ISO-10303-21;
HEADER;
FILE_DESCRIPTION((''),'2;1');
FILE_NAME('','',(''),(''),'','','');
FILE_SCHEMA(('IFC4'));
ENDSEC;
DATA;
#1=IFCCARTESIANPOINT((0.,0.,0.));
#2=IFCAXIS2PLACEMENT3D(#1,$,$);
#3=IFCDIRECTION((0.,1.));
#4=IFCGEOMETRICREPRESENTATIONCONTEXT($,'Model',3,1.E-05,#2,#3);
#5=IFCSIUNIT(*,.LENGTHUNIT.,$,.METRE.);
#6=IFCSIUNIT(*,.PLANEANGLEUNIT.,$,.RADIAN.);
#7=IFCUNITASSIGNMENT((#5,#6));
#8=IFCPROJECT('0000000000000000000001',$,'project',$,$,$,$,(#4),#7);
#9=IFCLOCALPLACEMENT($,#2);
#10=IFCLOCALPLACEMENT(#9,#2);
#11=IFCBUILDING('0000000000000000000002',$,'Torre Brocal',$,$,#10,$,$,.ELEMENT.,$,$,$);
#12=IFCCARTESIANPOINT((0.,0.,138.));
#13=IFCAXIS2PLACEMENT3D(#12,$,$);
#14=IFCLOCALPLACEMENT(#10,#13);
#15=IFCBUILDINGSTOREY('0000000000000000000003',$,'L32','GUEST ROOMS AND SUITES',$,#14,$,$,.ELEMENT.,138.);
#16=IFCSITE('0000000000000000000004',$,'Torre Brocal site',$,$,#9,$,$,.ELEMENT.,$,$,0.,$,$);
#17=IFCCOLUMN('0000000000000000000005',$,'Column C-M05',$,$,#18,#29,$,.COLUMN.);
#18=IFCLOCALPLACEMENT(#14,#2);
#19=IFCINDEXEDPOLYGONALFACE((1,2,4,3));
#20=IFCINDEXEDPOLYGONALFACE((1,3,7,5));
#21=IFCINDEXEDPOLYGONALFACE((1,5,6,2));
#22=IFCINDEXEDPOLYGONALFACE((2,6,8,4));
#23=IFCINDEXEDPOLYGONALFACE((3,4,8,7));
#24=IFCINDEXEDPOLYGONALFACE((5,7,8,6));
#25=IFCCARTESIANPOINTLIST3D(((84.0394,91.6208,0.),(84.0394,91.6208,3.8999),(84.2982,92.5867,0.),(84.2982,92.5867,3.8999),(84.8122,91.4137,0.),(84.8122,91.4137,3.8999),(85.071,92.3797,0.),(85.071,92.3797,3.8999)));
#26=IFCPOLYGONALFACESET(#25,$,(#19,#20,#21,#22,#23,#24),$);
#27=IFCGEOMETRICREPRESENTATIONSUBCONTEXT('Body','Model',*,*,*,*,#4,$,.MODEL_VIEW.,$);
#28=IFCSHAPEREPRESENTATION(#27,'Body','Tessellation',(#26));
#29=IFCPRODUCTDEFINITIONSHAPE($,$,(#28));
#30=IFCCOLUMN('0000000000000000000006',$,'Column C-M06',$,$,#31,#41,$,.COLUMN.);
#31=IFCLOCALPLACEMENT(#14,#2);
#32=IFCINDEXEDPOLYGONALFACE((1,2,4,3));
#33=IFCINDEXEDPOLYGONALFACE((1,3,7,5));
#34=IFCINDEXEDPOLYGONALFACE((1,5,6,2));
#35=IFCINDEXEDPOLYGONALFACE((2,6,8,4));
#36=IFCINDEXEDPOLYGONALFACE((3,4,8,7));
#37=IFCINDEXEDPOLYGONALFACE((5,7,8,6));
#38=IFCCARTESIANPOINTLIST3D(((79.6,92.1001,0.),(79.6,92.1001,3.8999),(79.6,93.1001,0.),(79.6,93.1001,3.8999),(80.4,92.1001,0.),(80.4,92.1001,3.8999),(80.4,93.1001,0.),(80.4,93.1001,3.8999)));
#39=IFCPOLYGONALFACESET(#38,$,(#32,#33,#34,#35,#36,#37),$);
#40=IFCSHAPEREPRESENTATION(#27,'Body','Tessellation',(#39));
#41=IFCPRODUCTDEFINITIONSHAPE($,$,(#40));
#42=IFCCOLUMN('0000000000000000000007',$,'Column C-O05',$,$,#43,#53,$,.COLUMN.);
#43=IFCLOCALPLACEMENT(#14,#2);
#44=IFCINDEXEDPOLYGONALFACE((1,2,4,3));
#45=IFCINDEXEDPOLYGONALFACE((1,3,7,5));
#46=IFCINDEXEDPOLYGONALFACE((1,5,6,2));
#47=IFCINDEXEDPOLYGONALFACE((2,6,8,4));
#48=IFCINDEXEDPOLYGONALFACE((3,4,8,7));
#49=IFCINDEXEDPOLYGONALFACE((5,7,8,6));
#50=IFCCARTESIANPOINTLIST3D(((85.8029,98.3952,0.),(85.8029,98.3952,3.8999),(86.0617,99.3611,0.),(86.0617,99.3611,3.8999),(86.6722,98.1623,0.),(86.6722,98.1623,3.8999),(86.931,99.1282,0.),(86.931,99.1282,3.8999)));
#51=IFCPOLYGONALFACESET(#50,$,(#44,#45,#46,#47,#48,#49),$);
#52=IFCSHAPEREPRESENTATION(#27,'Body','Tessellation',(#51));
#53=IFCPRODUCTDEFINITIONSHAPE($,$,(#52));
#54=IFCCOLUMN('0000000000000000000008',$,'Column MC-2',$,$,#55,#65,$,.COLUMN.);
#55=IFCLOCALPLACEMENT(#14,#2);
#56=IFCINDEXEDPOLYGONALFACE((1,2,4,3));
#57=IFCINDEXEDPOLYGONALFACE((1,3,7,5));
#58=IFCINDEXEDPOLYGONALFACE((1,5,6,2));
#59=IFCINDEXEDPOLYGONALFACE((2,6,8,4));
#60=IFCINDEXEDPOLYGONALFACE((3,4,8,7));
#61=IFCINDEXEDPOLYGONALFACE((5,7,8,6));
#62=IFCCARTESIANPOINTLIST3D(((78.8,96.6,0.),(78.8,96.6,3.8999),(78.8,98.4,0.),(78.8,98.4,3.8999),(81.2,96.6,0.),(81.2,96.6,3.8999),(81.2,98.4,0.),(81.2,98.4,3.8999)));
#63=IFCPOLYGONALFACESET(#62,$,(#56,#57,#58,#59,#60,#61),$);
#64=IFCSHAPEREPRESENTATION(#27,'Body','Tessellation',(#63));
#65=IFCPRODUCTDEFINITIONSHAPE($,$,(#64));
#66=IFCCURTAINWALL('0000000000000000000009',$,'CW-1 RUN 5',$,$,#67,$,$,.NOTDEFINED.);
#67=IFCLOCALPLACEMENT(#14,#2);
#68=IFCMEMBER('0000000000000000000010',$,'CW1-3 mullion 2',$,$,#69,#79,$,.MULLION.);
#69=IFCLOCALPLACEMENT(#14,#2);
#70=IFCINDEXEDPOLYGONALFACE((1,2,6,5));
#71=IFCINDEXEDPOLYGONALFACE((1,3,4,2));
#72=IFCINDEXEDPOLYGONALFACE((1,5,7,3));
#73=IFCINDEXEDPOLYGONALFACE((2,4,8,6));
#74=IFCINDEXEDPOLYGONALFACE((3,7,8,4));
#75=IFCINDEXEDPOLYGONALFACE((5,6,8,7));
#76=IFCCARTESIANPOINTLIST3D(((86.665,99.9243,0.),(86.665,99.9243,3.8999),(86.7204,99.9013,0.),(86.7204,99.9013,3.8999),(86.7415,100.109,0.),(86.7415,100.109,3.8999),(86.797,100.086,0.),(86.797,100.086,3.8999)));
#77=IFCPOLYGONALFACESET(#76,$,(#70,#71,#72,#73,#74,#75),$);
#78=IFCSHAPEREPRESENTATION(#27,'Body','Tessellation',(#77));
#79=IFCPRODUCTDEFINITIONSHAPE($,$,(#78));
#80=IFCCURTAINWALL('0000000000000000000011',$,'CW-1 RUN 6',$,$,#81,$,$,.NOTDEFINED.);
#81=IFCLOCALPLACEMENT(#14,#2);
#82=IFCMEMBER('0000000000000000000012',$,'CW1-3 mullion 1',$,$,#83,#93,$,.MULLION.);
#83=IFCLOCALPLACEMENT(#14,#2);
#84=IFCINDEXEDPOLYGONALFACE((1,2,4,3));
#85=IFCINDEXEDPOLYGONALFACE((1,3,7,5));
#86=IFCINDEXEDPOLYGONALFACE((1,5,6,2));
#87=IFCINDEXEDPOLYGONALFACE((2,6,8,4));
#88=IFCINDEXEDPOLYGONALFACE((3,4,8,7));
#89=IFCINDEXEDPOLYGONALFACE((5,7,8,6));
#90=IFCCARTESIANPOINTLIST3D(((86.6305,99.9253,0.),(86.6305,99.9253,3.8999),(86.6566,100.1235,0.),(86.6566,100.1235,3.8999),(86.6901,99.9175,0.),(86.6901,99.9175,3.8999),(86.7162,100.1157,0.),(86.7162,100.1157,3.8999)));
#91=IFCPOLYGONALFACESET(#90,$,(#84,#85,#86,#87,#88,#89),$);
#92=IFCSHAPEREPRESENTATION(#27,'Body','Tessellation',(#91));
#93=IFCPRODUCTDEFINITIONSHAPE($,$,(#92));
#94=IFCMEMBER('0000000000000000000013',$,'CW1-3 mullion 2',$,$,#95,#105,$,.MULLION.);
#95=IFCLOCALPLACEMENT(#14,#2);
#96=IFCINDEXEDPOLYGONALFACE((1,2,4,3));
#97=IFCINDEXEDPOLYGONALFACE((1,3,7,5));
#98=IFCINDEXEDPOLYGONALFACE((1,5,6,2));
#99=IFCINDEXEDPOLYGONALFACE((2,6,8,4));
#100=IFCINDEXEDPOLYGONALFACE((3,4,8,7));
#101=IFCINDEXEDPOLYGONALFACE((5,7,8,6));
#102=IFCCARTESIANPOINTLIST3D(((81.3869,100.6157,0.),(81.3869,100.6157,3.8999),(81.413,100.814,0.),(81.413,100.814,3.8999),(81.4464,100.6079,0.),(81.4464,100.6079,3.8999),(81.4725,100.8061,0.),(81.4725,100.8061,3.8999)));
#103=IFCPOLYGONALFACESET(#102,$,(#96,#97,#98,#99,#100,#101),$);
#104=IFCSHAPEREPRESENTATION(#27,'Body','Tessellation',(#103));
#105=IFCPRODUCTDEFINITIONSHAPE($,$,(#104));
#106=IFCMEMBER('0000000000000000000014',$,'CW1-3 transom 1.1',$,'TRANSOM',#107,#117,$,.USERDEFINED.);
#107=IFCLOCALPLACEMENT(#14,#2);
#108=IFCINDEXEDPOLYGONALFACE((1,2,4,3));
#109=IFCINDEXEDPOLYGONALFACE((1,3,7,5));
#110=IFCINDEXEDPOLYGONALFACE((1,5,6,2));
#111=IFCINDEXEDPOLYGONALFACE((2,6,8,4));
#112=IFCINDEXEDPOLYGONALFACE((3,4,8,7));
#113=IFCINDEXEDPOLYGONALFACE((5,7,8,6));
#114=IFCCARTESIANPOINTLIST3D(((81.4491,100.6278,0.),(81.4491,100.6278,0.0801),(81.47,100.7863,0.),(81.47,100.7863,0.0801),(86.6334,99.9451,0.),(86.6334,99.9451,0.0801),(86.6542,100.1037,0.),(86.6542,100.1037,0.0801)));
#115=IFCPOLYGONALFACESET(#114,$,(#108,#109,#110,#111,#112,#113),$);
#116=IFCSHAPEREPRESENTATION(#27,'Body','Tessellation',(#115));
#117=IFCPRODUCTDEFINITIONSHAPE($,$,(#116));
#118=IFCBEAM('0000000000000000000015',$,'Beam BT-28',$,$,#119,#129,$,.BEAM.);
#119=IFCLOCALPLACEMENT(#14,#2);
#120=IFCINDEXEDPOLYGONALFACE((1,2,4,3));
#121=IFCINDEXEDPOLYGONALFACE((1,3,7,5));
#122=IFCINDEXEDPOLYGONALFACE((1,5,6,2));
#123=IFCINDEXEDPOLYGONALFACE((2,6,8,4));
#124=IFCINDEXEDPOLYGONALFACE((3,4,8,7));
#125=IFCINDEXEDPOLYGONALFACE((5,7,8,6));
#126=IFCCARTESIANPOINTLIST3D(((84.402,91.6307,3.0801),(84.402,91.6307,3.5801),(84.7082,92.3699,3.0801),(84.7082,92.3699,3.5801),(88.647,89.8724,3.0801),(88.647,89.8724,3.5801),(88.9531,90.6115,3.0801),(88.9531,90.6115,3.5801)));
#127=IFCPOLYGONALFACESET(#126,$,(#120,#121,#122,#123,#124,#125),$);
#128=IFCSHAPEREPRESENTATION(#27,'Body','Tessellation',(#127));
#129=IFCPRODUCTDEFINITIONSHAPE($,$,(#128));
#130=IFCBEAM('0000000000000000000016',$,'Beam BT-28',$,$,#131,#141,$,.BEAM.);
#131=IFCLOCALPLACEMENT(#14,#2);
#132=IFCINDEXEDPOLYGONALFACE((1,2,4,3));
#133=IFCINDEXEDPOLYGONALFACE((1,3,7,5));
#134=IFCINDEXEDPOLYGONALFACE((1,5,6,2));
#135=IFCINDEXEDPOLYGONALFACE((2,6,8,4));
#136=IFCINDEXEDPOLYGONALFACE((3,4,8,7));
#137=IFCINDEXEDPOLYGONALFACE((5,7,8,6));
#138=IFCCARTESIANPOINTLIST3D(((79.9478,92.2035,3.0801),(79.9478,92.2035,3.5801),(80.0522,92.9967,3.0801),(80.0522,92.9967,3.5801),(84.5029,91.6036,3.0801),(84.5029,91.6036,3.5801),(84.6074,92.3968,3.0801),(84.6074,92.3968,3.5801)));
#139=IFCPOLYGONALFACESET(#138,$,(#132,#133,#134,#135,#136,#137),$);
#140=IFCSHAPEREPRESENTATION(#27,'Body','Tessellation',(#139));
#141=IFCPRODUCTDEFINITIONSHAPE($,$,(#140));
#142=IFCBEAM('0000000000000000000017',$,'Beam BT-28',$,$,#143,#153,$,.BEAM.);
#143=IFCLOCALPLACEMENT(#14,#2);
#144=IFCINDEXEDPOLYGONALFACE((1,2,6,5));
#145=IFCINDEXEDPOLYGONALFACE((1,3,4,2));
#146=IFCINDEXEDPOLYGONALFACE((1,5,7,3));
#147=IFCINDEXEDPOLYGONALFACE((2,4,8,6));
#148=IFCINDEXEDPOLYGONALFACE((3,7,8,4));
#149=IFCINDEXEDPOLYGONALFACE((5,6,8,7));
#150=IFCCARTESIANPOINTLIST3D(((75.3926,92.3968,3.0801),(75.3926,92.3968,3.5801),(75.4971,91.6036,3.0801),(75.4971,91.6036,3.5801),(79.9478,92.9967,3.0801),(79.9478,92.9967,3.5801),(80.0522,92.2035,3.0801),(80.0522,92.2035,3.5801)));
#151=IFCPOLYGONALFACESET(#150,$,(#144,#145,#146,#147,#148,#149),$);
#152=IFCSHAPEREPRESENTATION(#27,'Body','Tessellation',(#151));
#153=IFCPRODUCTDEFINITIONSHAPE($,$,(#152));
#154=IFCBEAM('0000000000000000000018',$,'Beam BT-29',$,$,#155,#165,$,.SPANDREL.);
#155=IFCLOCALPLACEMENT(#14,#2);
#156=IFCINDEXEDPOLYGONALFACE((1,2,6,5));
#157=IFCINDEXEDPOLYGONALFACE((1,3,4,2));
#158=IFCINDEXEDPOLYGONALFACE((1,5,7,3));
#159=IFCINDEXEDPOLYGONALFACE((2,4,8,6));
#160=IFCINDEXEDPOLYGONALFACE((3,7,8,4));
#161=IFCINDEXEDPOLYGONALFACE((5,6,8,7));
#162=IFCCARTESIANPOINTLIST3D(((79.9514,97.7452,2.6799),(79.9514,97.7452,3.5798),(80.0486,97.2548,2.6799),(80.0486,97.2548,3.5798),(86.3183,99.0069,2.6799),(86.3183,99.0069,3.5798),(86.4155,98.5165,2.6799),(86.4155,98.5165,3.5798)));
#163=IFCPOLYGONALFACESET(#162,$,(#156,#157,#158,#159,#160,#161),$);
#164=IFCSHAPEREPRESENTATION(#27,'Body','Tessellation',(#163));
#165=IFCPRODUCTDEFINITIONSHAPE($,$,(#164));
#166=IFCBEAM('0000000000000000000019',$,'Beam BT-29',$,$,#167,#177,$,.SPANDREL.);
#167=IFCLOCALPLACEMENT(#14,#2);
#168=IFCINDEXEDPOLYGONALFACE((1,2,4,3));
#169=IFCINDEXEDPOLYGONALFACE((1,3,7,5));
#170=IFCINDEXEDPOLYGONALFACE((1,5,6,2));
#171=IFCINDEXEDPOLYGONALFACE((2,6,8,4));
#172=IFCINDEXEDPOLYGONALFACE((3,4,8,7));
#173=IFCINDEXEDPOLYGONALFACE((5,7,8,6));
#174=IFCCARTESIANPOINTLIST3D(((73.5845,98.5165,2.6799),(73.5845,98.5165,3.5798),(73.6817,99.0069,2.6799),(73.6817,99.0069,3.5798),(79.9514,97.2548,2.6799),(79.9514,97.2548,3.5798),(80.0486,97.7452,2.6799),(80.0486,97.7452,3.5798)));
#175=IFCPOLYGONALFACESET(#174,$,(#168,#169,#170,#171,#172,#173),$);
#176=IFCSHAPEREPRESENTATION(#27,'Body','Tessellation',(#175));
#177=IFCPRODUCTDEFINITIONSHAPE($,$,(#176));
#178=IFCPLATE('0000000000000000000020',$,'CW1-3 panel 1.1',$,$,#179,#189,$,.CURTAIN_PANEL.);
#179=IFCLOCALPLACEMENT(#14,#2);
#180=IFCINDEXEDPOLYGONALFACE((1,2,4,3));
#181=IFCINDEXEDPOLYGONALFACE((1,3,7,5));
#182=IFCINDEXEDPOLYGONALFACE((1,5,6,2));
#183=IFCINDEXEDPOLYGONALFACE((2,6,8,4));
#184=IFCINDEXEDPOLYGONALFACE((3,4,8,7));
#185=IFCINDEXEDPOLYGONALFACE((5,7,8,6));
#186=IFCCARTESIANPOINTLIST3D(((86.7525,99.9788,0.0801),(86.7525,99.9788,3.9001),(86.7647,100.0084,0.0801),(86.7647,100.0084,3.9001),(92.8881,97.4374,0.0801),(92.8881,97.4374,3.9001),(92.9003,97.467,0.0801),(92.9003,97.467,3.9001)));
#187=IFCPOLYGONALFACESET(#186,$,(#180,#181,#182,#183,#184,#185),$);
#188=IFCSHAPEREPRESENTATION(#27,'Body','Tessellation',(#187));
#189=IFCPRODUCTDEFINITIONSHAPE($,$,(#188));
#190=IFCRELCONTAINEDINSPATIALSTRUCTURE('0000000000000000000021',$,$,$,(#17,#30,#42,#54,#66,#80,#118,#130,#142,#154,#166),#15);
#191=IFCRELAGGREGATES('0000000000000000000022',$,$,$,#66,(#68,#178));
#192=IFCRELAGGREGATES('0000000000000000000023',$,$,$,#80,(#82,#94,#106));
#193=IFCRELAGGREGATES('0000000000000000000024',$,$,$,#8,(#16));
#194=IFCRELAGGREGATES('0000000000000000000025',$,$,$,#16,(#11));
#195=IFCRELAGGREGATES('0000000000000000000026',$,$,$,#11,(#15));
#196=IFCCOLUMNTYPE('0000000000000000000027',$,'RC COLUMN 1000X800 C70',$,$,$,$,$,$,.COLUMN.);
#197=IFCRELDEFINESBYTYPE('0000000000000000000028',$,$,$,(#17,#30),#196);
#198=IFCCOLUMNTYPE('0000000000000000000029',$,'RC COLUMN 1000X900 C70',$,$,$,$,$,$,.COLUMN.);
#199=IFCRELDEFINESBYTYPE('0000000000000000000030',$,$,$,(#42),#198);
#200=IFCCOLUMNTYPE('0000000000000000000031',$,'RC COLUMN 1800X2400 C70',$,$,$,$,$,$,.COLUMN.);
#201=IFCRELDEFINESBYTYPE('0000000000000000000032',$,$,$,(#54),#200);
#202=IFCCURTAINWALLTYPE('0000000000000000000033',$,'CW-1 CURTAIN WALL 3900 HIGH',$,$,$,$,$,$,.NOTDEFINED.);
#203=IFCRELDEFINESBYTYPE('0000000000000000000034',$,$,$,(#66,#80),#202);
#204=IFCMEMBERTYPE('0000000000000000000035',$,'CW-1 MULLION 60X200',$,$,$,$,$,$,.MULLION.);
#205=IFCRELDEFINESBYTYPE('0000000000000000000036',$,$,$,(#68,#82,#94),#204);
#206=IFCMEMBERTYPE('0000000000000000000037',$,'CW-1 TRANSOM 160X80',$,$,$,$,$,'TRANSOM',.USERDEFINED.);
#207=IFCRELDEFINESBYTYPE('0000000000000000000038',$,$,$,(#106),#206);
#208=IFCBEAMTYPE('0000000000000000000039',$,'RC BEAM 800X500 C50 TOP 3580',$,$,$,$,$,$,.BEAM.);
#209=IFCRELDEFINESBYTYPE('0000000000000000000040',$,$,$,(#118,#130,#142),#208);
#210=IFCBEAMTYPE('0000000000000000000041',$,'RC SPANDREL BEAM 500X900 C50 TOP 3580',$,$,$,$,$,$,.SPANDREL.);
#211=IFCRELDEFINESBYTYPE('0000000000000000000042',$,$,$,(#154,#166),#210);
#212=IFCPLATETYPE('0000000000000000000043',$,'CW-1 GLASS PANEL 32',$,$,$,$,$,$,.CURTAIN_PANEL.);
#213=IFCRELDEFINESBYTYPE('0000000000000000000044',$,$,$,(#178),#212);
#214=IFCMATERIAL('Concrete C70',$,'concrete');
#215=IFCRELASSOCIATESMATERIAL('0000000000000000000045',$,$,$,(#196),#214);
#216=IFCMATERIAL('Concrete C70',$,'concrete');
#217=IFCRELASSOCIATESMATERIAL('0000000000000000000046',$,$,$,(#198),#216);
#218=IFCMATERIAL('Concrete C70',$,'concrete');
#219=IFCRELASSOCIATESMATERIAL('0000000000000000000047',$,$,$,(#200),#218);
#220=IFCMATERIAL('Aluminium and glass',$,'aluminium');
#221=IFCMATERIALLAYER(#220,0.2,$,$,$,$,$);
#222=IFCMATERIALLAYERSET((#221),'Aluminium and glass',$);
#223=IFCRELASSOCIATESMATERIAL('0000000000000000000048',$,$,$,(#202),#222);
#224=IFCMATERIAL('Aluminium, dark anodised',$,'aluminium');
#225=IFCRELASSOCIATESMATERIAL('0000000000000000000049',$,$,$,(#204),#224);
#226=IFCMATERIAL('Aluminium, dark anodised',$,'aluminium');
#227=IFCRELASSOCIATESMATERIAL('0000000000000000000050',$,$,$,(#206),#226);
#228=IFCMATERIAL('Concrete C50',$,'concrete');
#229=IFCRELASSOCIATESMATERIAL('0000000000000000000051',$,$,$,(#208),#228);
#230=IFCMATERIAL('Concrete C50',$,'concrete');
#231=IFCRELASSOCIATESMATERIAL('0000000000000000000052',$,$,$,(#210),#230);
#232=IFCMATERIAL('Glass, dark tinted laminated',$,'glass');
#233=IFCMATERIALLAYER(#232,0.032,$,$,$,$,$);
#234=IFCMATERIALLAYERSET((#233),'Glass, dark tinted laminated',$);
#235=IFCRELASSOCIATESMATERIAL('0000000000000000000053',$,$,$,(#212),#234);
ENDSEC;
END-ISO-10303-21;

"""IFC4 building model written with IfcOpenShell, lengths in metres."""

from ifc_helpers import new_model, si_unit, direction, frame, origin, origin_2d, place, context, subcontext, project, spatial, rectangle, extrude, material, layer, layer_set, material_profile, profile_set, type_object, element, aggregate, save


model = new_model("IFC4")

# Units and contexts
model_context = context("Model", 3, precision=1e-05, world=origin(), true_north=direction((0.0, 1.0)))
body_context = subcontext(model_context, "Body", "Model", "MODEL_VIEW")
ifc_project = project(units=[si_unit("LENGTHUNIT", "METRE"), si_unit("PLANEANGLEUNIT", "RADIAN")], contexts=[model_context])

# Site, building, storey
site_placement = place(None, origin())
site = spatial("IfcSite", under=ifc_project, at=site_placement, Name="Torre Brocal site", CompositionType="ELEMENT", RefElevation=0.0)
building_placement = place(site_placement, origin())
building = spatial("IfcBuilding", under=site, at=building_placement, Name="Torre Brocal", CompositionType="ELEMENT")
storey_placement = place(building_placement, frame((0.0, 0.0, 138.0)))
storey = spatial("IfcBuildingStorey", under=building, at=storey_placement, Name="L32", Description="GUEST ROOMS AND SUITES", CompositionType="ELEMENT", Elevation=138.0)

# Columns
ifc_material_1 = material(Name="Concrete C70", Category="concrete")
ifc_material_profile_1 = material_profile(ifc_material_1, rectangle(XDim=1.0, YDim=0.8, at=origin_2d()), Name="RC 1000X800")
ifc_profile_set_1 = profile_set([ifc_material_profile_1], Name="Concrete C70")
column_type_1 = type_object("IfcColumnType", Name="RC COLUMN 1000X800 C70", PredefinedType="COLUMN", material=ifc_profile_set_1)
for number, where, z_axis, x_axis, name in (
    (1, (84.5552, 92.0002, 0.0), (0.0, 0.0, 1.0), (0.258819, 0.965926, 0.0), "Column C-M05"),
    (2, (80.0, 92.6001, 0.0), (0.0, 0.0, 1.0), (0.0, 1.0, 0.0), "Column C-M06"),
):
    element("IfcColumn", number, at=place(storey_placement, frame(where, z_axis=z_axis, x_axis=x_axis)), inside=storey, type_object=column_type_1, Name=name, PredefinedType="COLUMN", context=body_context, shape_type="SweptSolid", body=[
        extrude(rectangle(XDim=1.0, YDim=0.8, at=origin_2d()), origin(), (0.0, 0.0, 1.0), 3.8999),
    ])
ifc_material_2 = material(Name="Concrete C70", Category="concrete")
ifc_material_profile_2 = material_profile(ifc_material_2, rectangle(XDim=1.0, YDim=0.8999, at=origin_2d()), Name="RC 1000X900")
ifc_profile_set_2 = profile_set([ifc_material_profile_2], Name="Concrete C70")
column_type_2 = type_object("IfcColumnType", Name="RC COLUMN 1000X900 C70", PredefinedType="COLUMN", material=ifc_profile_set_2)
column_1_placement = place(storey_placement, frame((86.3669, 98.7617, 0.0), z_axis=(0.0, 0.0, 1.0), x_axis=(0.258819, 0.965926, 0.0)))
element("IfcColumn", 3, at=column_1_placement, inside=storey, type_object=column_type_2, Name="Column C-O05", PredefinedType="COLUMN", context=body_context, shape_type="SweptSolid", body=[
    extrude(rectangle(XDim=1.0, YDim=0.8999, at=origin_2d()), origin(), (0.0, 0.0, 1.0), 3.8999),
])
ifc_material_3 = material(Name="Concrete C70", Category="concrete")
ifc_material_profile_3 = material_profile(ifc_material_3, rectangle(XDim=1.8, YDim=2.3999, at=origin_2d()), Name="RC 1800X2400")
ifc_profile_set_3 = profile_set([ifc_material_profile_3], Name="Concrete C70")
column_type_3 = type_object("IfcColumnType", Name="RC COLUMN 1800X2400 C70", PredefinedType="COLUMN", material=ifc_profile_set_3)
column_2_placement = place(storey_placement, frame((80.0, 97.5, 0.0), z_axis=(0.0, 0.0, 1.0), x_axis=(0.0, 1.0, 0.0)))
element("IfcColumn", 4, at=column_2_placement, inside=storey, type_object=column_type_3, Name="Column MC-2", PredefinedType="COLUMN", context=body_context, shape_type="SweptSolid", body=[
    extrude(rectangle(XDim=1.8, YDim=2.3999, at=origin_2d()), origin(), (0.0, 0.0, 1.0), 3.8999),
])

# Curtain wall, member
ifc_material_4 = material(Name="Aluminium and glass", Category="aluminium")
ifc_layer_1 = layer(ifc_material_4, 0.2)
ifc_layer_set_1 = layer_set([ifc_layer_1], Name="Aluminium and glass")
curtain_wall_type = type_object("IfcCurtainWallType", Name="CW-1 CURTAIN WALL 3900 HIGH", PredefinedType="NOTDEFINED", material=ifc_layer_set_1)
curtain_wall_1_placement = place(storey_placement, origin())
curtain_wall_1 = element("IfcCurtainWall", 5, at=curtain_wall_1_placement, inside=storey, type_object=curtain_wall_type, Name="CW-1 RUN 5", PredefinedType="NOTDEFINED")
ifc_material_5 = material(Name="Aluminium, dark anodised", Category="aluminium")
ifc_material_profile_4 = material_profile(ifc_material_5, rectangle(XDim=0.2, YDim=0.0601, at=origin_2d()), Name="CW-1 MULLION 60X200")
ifc_profile_set_4 = profile_set([ifc_material_profile_4], Name="Aluminium, dark anodised")
member_type_1 = type_object("IfcMemberType", Name="CW-1 MULLION 60X200", PredefinedType="MULLION", material=ifc_profile_set_4)
member_1_placement = place(storey_placement, frame((86.731, 100.0051, 0.0), z_axis=(0.0, 0.0, 1.0), x_axis=(-0.382683, -0.92388, 0.0)))
member_1 = element("IfcMember", 6, at=member_1_placement, type_object=member_type_1, Name="CW1-3 mullion 2", PredefinedType="MULLION", context=body_context, shape_type="SweptSolid", body=[
    extrude(rectangle(XDim=0.2, YDim=0.0601, at=origin_2d()), origin(), (0.0, 0.0, 1.0), 3.8999),
])

# Curtain wall, members
curtain_wall_2_placement = place(storey_placement, origin())
curtain_wall_2 = element("IfcCurtainWall", 7, at=curtain_wall_2_placement, inside=storey, type_object=curtain_wall_type, Name="CW-1 RUN 6", PredefinedType="NOTDEFINED")
member_2_placement = place(storey_placement, frame((86.6733, 100.0205, 0.0), z_axis=(0.0, 0.0, 1.0), x_axis=(-0.130526, -0.991445, 0.0)))
member_2 = element("IfcMember", 8, at=member_2_placement, type_object=member_type_1, Name="CW1-3 mullion 1", PredefinedType="MULLION", context=body_context, shape_type="SweptSolid", body=[
    extrude(rectangle(XDim=0.2, YDim=0.0601, at=origin_2d()), origin(), (0.0, 0.0, 1.0), 3.8999),
])
member_3_placement = place(storey_placement, frame((81.4297, 100.7109, 0.0), z_axis=(0.0, 0.0, 1.0), x_axis=(-0.130526, -0.991445, 0.0)))
member_3 = element("IfcMember", 9, at=member_3_placement, type_object=member_type_1, Name="CW1-3 mullion 2", PredefinedType="MULLION", context=body_context, shape_type="SweptSolid", body=[
    extrude(rectangle(XDim=0.2, YDim=0.0601, at=origin_2d()), origin(), (0.0, 0.0, 1.0), 3.8999),
])
ifc_material_6 = material(Name="Aluminium, dark anodised", Category="aluminium")
ifc_material_profile_5 = material_profile(ifc_material_6, rectangle(XDim=0.1599, YDim=0.0801, at=origin_2d()), Name="CW-1 TRANSOM 160X80")
ifc_profile_set_5 = profile_set([ifc_material_profile_5], Name="Aluminium, dark anodised")
member_type_2 = type_object("IfcMemberType", Name="CW-1 TRANSOM 160X80", ElementType="TRANSOM", PredefinedType="USERDEFINED", material=ifc_profile_set_5)
member_4_placement = place(storey_placement, frame((86.6438, 100.0244, 0.04), z_axis=(-0.991443, 0.130543, 0.0), x_axis=(-0.130543, -0.991443, 0.0)))
member_4 = element("IfcMember", 10, at=member_4_placement, type_object=member_type_2, Name="CW1-3 transom 1.1", ObjectType="TRANSOM", PredefinedType="USERDEFINED", context=body_context, shape_type="SweptSolid", body=[
    extrude(rectangle(XDim=0.1599, YDim=0.0801, at=origin_2d()), origin(), (0.0, 0.0, 1.0), 5.229),
])

# Beams
ifc_material_7 = material(Name="Concrete C50", Category="concrete")
ifc_material_profile_6 = material_profile(ifc_material_7, rectangle(XDim=0.8, YDim=0.5, at=origin_2d()), Name="RC 800X500")
ifc_profile_set_6 = profile_set([ifc_material_profile_6], Name="Concrete C50")
beam_type_1 = type_object("IfcBeamType", Name="RC BEAM 800X500 C50 TOP 3580", PredefinedType="BEAM", material=ifc_profile_set_6)
beam_placement = place(storey_placement, frame((88.8, 90.2419, 3.3301), z_axis=(-0.923878, 0.382687, 0.0), x_axis=(-0.382687, -0.923878, 0.0)))
element("IfcBeam", 11, at=beam_placement, inside=storey, type_object=beam_type_1, Name="Beam BT-28", PredefinedType="BEAM", context=body_context, shape_type="SweptSolid", body=[
    extrude(rectangle(XDim=0.8, YDim=0.5, at=origin_2d()), origin(), (0.0, 0.0, 1.0), 4.5947),
])
for number, where, z_axis, x_axis, name in (
    (12, (84.5552, 92.0002, 3.3301), (-0.991441, 0.130559, 0.0), (-0.130559, -0.991441, 0.0), "Beam BT-28"),
    (13, (80.0, 92.6001, 3.3301), (-0.991441, -0.130559, 0.0), (0.130559, -0.991441, 0.0), "Beam BT-28"),
):
    element("IfcBeam", number, at=place(storey_placement, frame(where, z_axis=z_axis, x_axis=x_axis)), inside=storey, type_object=beam_type_1, Name=name, PredefinedType="BEAM", context=body_context, shape_type="SweptSolid", body=[
        extrude(rectangle(XDim=0.8, YDim=0.5, at=origin_2d()), origin(), (0.0, 0.0, 1.0), 4.5945),
    ])
ifc_material_8 = material(Name="Concrete C50", Category="concrete")
ifc_material_profile_7 = material_profile(ifc_material_8, rectangle(XDim=0.5, YDim=0.8999, at=origin_2d()), Name="RC 500X900")
ifc_profile_set_7 = profile_set([ifc_material_profile_7], Name="Concrete C50")
beam_type_2 = type_object("IfcBeamType", Name="RC SPANDREL BEAM 500X900 C50 TOP 3580", PredefinedType="SPANDREL", material=ifc_profile_set_7)
for number, where, z_axis, x_axis, name in (
    (14, (86.3669, 98.7617, 3.1299), (-0.980925, -0.194387, 0.0), (0.194387, -0.980925, 0.0), "Beam BT-29"),
    (15, (80.0, 97.5, 3.1299), (-0.980925, 0.194387, 0.0), (-0.194387, -0.980925, 0.0), "Beam BT-29"),
):
    element("IfcBeam", number, at=place(storey_placement, frame(where, z_axis=z_axis, x_axis=x_axis)), inside=storey, type_object=beam_type_2, Name=name, PredefinedType="SPANDREL", context=body_context, shape_type="SweptSolid", body=[
        extrude(rectangle(XDim=0.5, YDim=0.8999, at=origin_2d()), origin(), (0.0, 0.0, 1.0), 6.4907),
    ])

# Plate
ifc_material_9 = material(Name="Glass, dark tinted laminated", Category="glass")
ifc_layer_2 = layer(ifc_material_9, 0.032)
ifc_layer_set_2 = layer_set([ifc_layer_2], Name="Glass, dark tinted laminated")
plate_type = type_object("IfcPlateType", Name="CW-1 GLASS PANEL 32", PredefinedType="CURTAIN_PANEL", material=ifc_layer_set_2)
plate_1_placement = place(storey_placement, frame((89.8264, 98.7229, 0.0801), z_axis=(0.0, 0.0, 1.0), x_axis=(-0.92388, 0.382683, 0.0)))
plate_1 = element("IfcPlate", 16, at=plate_1_placement, type_object=plate_type, Name="CW1-3 panel 1.1", PredefinedType="CURTAIN_PANEL", context=body_context, shape_type="SweptSolid", body=[
    extrude(rectangle(XDim=6.6411, YDim=0.032, at=origin_2d()), origin(), (0.0, 0.0, 1.0), 3.8201),
])
aggregate(curtain_wall_1, [member_1, plate_1])
aggregate(curtain_wall_2, [member_2, member_3, member_4])

save(model, "model.ifc")
